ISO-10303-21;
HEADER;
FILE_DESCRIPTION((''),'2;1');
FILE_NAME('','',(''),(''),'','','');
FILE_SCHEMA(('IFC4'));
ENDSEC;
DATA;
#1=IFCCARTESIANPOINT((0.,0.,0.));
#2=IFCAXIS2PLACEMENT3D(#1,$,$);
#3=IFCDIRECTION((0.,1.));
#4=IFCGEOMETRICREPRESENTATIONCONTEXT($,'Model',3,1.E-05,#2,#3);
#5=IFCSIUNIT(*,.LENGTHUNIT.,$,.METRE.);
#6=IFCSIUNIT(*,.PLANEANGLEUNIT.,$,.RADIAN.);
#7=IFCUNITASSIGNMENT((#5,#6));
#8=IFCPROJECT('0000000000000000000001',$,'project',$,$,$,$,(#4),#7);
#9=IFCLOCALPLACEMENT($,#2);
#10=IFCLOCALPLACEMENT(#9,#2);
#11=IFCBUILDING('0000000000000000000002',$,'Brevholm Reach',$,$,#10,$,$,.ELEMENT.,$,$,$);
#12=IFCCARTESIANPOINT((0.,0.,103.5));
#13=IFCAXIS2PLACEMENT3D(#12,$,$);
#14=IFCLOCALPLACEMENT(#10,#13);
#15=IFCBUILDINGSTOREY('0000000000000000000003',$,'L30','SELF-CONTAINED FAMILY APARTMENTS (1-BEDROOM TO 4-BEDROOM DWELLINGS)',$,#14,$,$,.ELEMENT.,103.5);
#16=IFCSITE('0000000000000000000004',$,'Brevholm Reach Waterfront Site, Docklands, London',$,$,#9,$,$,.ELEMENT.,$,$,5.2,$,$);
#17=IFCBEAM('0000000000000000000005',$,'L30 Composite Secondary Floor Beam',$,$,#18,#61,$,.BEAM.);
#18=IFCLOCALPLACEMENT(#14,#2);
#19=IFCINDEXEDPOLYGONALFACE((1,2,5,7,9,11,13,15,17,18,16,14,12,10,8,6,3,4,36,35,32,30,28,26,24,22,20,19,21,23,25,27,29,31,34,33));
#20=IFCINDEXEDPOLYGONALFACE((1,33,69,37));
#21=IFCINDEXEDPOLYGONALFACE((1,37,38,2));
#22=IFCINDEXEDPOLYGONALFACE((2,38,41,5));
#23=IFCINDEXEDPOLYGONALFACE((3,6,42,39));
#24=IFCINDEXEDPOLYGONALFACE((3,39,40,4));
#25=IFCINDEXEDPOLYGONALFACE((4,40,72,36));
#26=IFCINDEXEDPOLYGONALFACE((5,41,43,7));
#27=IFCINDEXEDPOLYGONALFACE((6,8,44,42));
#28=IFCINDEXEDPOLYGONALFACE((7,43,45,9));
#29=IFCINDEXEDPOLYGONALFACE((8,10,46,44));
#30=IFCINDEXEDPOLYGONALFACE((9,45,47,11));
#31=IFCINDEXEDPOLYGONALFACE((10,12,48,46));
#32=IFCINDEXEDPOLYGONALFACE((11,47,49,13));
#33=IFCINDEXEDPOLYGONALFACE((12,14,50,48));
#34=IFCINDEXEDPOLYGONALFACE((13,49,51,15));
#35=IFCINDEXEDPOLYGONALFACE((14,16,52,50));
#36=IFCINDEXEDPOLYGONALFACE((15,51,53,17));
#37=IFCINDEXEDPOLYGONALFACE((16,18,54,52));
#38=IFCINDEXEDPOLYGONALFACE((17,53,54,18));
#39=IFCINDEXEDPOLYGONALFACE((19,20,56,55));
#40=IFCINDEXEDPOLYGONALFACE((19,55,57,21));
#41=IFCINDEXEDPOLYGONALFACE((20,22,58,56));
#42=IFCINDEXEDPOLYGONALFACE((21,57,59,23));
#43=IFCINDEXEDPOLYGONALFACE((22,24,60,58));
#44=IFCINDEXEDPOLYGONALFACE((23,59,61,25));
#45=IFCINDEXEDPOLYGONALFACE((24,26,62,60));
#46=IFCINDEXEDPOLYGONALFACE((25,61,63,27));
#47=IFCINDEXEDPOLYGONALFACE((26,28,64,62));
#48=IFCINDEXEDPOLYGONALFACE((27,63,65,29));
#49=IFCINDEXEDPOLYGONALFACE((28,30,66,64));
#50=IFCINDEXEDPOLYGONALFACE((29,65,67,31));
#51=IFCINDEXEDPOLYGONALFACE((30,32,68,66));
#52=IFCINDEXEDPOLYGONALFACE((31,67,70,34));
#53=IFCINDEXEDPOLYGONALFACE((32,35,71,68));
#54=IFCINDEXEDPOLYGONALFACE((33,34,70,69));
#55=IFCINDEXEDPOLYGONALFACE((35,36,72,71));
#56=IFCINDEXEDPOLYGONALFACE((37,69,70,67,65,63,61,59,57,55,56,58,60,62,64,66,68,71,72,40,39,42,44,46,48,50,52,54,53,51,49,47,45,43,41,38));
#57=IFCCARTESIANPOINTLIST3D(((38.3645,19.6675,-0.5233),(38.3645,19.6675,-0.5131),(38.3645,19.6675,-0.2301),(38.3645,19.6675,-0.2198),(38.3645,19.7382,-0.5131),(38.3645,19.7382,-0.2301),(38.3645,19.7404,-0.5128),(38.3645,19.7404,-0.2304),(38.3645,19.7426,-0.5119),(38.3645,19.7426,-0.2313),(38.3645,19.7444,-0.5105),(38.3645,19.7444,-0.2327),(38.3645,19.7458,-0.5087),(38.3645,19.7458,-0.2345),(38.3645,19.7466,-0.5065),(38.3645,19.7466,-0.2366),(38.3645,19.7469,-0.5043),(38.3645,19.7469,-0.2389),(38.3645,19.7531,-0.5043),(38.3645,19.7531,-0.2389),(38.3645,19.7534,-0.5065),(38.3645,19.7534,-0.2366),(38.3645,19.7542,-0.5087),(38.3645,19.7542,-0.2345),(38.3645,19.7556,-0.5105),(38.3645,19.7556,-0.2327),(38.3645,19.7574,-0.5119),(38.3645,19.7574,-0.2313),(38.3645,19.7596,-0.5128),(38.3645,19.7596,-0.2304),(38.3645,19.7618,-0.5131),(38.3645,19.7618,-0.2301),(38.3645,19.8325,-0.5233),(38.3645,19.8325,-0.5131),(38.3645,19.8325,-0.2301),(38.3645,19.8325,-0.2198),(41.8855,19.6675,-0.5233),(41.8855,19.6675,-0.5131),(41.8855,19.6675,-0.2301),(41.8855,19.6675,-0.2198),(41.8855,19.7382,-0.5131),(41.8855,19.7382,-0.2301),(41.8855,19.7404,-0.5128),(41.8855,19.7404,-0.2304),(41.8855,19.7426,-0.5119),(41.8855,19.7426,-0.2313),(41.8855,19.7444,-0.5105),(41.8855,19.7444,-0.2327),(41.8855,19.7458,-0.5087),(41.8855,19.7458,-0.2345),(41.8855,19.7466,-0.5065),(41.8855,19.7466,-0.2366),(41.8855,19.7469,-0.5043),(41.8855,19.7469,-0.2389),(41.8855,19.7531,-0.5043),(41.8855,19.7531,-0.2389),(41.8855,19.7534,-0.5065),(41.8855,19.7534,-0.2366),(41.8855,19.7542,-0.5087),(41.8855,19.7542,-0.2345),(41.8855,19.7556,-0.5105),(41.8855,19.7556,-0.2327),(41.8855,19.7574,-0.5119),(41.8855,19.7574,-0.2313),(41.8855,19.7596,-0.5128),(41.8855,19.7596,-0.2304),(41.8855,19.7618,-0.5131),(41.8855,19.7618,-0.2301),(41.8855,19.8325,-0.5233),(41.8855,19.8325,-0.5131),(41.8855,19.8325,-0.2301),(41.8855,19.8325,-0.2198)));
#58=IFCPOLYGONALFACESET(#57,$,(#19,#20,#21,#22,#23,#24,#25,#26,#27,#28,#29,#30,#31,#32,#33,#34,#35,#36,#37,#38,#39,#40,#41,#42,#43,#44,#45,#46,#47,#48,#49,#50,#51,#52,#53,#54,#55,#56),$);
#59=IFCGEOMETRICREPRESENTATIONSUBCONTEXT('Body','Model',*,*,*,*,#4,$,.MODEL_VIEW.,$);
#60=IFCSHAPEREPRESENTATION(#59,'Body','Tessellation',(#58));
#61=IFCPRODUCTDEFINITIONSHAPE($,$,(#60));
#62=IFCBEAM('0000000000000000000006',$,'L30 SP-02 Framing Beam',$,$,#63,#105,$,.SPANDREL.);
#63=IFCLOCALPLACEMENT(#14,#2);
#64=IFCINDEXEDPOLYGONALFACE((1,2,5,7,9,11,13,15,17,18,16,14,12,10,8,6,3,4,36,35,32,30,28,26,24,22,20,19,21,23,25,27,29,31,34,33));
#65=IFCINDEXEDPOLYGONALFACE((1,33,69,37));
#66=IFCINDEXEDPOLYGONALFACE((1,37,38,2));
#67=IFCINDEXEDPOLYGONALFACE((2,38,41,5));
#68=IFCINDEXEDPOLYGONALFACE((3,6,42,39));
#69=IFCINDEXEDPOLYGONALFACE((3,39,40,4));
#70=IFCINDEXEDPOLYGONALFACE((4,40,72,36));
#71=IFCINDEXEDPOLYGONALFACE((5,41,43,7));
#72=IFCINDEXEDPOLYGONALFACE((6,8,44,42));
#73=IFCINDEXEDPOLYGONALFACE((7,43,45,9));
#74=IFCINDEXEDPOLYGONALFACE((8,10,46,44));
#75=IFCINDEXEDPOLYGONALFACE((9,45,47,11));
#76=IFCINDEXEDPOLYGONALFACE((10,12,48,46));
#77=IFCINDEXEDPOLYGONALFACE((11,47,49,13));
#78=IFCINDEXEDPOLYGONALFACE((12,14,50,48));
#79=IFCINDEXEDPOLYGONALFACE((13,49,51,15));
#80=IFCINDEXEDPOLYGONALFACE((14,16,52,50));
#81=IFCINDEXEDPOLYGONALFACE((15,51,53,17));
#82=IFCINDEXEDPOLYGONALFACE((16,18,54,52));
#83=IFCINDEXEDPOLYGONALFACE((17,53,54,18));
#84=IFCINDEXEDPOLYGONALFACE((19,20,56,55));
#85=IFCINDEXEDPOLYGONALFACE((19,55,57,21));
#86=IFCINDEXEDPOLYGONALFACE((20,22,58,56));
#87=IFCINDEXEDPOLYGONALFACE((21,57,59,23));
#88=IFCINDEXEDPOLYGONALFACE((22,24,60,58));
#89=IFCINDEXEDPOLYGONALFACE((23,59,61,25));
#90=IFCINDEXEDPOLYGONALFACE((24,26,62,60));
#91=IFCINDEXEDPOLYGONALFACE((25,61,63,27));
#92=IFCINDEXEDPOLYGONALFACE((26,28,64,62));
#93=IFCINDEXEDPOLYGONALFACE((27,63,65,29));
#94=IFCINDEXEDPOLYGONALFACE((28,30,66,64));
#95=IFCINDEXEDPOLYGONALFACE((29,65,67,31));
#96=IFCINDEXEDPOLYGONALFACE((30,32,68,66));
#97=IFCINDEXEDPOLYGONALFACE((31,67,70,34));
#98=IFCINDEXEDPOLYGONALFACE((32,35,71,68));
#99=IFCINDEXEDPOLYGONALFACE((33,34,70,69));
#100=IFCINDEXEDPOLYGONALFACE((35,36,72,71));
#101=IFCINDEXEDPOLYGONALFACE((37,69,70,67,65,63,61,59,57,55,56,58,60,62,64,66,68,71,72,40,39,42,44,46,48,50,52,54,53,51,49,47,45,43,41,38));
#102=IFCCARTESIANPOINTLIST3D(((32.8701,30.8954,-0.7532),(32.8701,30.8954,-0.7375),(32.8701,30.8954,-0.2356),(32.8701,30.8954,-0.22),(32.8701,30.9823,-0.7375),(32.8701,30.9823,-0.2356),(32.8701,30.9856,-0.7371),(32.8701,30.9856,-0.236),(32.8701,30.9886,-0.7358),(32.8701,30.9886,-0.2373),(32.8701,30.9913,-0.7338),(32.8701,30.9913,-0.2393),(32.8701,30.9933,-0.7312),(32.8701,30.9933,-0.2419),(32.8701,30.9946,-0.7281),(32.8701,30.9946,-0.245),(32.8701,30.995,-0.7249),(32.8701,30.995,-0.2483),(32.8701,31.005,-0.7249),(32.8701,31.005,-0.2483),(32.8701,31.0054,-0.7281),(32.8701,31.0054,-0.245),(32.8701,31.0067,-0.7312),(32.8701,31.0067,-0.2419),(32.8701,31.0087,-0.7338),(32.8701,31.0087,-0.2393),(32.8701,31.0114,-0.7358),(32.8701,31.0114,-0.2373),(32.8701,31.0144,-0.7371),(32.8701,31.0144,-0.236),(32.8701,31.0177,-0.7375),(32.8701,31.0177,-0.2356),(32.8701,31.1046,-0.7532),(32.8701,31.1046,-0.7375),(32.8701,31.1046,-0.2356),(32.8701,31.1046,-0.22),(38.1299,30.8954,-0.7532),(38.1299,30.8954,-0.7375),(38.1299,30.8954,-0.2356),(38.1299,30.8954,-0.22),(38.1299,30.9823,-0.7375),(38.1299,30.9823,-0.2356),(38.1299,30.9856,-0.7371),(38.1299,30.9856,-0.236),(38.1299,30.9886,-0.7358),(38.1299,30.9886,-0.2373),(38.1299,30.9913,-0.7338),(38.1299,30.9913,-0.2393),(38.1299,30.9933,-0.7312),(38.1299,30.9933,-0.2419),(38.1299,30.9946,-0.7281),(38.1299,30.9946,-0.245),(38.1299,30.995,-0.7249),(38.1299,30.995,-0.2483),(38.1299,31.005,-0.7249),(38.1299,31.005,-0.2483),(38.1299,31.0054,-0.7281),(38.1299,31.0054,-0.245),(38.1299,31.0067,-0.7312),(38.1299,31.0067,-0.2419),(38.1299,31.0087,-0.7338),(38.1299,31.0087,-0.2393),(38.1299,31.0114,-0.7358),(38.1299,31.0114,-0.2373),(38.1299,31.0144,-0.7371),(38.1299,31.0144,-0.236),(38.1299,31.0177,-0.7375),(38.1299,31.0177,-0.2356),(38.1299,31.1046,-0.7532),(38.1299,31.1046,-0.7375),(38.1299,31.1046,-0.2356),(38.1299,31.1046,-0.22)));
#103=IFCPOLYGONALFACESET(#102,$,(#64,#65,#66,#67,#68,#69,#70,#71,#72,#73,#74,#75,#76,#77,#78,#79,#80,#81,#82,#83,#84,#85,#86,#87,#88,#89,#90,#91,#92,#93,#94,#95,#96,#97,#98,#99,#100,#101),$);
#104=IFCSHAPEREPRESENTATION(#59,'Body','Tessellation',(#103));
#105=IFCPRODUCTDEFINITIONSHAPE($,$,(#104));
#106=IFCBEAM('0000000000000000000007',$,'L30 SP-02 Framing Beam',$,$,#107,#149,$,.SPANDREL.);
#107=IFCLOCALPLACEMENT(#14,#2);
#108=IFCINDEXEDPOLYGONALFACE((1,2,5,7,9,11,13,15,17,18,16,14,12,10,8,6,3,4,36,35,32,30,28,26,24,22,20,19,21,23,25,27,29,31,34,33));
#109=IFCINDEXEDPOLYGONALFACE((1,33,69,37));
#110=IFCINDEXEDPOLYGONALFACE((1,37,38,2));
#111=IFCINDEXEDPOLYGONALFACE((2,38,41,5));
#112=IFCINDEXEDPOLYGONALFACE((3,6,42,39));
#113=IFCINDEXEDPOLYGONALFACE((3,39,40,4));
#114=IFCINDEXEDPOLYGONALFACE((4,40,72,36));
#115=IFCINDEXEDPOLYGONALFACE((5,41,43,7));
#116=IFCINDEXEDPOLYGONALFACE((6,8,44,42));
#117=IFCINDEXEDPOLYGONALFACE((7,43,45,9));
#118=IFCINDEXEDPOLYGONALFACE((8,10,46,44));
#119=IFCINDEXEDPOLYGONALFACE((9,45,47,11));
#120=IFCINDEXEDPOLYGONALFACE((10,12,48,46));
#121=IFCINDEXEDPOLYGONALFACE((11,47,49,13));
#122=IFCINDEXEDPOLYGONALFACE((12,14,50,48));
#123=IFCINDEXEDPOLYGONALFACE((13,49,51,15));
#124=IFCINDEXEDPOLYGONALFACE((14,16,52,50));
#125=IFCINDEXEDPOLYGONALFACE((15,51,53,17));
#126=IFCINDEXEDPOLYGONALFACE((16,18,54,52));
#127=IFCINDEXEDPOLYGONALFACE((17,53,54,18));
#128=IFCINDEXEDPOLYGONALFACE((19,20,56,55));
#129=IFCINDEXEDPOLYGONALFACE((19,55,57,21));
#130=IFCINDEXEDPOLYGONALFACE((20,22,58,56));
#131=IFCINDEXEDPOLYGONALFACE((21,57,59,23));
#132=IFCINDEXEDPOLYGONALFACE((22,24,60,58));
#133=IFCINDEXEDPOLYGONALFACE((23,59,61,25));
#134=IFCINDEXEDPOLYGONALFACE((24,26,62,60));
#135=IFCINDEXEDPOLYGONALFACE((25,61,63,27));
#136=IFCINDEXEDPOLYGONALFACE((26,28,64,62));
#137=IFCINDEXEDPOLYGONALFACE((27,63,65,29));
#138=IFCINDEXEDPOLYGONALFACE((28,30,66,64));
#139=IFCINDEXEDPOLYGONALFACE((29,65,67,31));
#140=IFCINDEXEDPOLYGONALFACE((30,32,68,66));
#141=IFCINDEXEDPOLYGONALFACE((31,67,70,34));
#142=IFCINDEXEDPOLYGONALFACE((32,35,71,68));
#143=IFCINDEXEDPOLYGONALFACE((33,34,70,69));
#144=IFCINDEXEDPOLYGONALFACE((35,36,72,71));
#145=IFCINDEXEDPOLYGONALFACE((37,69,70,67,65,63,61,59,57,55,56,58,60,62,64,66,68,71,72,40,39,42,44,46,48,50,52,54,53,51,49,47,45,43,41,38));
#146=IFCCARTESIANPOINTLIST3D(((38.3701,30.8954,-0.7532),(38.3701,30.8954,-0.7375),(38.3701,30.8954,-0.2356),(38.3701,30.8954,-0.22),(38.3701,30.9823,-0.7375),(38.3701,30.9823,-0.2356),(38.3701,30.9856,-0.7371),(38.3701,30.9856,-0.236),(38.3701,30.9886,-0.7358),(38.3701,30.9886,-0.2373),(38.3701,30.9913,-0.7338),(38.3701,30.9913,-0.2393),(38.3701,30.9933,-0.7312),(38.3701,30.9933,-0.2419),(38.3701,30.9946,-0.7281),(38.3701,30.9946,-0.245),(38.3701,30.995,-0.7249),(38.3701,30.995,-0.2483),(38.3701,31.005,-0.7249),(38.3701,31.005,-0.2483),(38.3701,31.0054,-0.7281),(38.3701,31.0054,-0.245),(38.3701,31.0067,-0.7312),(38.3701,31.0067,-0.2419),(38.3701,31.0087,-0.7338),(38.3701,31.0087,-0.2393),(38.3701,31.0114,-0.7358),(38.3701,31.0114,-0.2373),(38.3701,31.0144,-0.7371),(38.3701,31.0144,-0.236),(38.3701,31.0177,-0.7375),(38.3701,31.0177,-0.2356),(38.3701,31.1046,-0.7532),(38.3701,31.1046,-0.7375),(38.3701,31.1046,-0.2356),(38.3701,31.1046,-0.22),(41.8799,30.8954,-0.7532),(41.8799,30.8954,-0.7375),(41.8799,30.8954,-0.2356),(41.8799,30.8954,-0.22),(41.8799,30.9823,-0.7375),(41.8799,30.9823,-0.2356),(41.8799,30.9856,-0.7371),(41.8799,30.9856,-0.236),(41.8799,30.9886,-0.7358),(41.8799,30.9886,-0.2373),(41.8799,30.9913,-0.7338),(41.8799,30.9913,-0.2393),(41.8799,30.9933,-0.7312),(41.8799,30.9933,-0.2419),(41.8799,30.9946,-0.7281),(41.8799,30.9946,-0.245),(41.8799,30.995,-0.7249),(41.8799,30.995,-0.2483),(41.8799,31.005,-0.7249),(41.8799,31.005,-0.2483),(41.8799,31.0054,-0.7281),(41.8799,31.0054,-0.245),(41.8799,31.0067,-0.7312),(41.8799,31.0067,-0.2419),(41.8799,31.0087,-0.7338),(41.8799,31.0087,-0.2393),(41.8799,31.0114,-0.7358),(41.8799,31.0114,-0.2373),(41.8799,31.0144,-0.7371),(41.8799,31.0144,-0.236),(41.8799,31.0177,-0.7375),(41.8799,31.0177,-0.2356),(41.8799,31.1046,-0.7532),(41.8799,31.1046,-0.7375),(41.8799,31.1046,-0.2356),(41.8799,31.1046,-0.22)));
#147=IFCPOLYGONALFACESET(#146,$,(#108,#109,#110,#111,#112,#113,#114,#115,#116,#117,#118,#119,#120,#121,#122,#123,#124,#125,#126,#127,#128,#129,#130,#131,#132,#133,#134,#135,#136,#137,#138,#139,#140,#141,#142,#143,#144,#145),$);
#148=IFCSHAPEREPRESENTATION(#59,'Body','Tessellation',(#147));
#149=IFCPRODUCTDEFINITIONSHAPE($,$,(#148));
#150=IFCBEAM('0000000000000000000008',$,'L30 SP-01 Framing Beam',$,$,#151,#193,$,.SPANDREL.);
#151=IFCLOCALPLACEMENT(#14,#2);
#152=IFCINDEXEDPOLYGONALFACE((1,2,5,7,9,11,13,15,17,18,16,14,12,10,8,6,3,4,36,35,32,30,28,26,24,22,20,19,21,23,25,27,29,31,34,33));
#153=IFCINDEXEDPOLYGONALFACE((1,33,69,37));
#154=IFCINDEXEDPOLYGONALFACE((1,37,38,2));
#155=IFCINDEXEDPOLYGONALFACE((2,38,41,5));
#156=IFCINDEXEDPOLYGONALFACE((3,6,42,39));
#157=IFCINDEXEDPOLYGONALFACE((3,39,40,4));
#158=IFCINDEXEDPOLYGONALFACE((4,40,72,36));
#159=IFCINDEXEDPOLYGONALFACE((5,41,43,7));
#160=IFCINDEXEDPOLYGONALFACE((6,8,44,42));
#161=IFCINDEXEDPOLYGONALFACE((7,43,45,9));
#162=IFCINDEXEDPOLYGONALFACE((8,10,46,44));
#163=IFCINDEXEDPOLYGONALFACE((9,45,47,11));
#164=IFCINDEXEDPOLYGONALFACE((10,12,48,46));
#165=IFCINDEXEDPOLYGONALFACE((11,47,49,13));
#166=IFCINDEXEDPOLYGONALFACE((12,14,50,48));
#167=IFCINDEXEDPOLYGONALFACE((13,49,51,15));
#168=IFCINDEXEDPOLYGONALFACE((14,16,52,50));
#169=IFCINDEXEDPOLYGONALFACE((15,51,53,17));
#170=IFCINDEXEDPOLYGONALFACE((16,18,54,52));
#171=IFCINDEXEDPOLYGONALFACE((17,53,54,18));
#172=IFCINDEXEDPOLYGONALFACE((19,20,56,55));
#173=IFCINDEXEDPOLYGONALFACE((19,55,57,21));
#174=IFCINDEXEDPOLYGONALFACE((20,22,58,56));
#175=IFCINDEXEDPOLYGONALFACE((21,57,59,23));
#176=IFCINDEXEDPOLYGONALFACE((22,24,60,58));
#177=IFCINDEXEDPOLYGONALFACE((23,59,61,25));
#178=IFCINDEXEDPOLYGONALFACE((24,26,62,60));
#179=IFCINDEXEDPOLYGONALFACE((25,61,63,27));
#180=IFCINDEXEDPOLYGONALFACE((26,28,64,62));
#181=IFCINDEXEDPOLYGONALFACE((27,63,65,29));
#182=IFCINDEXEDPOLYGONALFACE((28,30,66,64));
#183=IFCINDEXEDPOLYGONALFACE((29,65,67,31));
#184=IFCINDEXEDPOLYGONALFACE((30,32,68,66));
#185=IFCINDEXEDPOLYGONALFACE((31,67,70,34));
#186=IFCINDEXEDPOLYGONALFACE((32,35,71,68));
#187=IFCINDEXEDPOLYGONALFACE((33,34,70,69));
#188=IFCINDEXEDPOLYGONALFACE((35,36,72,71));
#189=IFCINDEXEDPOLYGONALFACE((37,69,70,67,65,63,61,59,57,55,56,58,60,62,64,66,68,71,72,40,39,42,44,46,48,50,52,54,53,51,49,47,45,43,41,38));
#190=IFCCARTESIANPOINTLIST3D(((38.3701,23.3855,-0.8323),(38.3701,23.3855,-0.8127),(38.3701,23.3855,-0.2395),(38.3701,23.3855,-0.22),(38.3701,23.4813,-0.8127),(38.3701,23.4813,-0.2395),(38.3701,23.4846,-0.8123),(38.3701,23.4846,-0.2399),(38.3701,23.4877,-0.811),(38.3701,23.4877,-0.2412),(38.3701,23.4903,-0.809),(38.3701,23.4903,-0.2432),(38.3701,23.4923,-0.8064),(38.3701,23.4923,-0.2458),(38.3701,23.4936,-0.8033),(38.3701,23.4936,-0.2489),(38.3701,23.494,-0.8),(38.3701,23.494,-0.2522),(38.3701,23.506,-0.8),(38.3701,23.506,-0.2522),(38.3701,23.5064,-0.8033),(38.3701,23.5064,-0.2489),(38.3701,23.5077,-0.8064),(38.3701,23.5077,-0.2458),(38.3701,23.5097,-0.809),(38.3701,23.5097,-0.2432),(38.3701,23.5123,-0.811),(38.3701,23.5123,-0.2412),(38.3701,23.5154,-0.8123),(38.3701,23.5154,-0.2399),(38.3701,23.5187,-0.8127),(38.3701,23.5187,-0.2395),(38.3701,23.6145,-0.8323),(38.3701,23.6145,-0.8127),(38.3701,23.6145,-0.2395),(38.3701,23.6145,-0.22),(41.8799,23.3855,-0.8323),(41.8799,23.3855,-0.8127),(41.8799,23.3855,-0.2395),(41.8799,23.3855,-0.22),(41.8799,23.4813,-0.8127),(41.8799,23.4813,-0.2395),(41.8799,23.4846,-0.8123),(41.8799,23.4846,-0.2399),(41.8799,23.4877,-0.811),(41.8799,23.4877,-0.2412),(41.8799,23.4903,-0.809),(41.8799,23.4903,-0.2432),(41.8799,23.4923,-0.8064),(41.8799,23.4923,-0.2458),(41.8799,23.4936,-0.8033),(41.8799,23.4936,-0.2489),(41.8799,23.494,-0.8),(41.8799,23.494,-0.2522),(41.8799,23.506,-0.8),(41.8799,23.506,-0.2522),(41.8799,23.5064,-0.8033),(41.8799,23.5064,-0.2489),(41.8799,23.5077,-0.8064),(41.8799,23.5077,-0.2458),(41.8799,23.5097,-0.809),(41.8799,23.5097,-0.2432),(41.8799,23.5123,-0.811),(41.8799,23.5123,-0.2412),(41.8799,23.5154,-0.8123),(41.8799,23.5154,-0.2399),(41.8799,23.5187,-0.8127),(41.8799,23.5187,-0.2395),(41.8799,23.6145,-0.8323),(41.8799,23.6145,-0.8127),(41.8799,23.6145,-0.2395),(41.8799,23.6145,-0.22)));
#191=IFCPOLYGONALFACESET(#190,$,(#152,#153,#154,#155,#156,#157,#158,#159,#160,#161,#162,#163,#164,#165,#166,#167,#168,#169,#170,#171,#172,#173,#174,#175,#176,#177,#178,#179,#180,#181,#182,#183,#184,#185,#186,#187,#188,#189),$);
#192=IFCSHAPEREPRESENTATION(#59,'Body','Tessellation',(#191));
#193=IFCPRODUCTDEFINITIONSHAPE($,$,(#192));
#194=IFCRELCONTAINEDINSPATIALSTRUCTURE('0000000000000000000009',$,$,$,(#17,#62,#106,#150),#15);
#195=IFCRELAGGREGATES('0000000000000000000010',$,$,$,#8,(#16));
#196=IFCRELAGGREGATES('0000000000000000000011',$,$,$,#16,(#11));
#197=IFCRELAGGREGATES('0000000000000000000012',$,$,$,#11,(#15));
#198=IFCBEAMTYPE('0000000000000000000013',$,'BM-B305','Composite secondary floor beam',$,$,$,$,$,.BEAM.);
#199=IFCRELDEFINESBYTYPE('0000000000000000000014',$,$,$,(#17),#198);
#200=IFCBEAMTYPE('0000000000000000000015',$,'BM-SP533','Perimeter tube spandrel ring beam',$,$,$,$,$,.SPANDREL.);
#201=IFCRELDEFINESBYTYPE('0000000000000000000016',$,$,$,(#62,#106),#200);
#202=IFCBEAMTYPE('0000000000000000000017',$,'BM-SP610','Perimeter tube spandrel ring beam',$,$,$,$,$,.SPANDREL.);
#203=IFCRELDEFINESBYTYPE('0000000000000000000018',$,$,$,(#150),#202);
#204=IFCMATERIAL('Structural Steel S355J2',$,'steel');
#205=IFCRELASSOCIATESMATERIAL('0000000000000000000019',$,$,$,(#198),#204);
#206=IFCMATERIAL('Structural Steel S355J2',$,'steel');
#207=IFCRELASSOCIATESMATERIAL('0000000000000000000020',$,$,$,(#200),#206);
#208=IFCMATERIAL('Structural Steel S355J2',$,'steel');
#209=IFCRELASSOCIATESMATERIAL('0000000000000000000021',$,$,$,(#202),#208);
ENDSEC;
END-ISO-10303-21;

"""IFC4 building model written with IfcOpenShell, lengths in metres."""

from ifc_helpers import new_model, si_unit, direction, frame, origin, origin_2d, place, context, subcontext, project, spatial, i_section, extrude, material, material_profile, profile_set, type_object, element, save


model = new_model("IFC4")

# Units and contexts
model_context = context("Model", 3, precision=1e-05, world=origin(), true_north=direction((0.0, 1.0)))
body_context = subcontext(model_context, "Body", "Model", "MODEL_VIEW")
ifc_project = project(units=[si_unit("LENGTHUNIT", "METRE"), si_unit("PLANEANGLEUNIT", "RADIAN")], contexts=[model_context])

# Site, building, storey
site_placement = place(None, origin())
site = spatial("IfcSite", under=ifc_project, at=site_placement, Name="Brevholm Reach Waterfront Site, Docklands, London", CompositionType="ELEMENT", RefElevation=5.2)
building_placement = place(site_placement, origin())
building = spatial("IfcBuilding", under=site, at=building_placement, Name="Brevholm Reach", CompositionType="ELEMENT")
storey_placement = place(building_placement, frame((0.0, 0.0, 103.5)))
storey = spatial("IfcBuildingStorey", under=building, at=storey_placement, Name="L30", Description="SELF-CONTAINED FAMILY APARTMENTS (1-BEDROOM TO 4-BEDROOM DWELLINGS)", CompositionType="ELEMENT", Elevation=103.5)

# Beams
ifc_material_1 = material(Name="Structural Steel S355J2", Category="steel")
ifc_material_profile_1 = material_profile(ifc_material_1, i_section(OverallWidth=0.165, OverallDepth=0.3035, WebThickness=0.0061, FlangeThickness=0.0103, FilletRadius=0.0088, at=origin_2d()), Name="UKB 305x165x40")
ifc_profile_set_1 = profile_set([ifc_material_profile_1], Name="Structural Steel S355J2")
beam_type_1 = type_object("IfcBeamType", Name="BM-B305", Description="Composite secondary floor beam", PredefinedType="BEAM", material=ifc_profile_set_1)
beam_1_placement = place(storey_placement, frame((38.3645, 19.75, -0.3716), z_axis=(1.0, 0.0, 0.0), x_axis=(0.0, 1.0, 0.0)))
element("IfcBeam", 1, at=beam_1_placement, inside=storey, type_object=beam_type_1, Name="L30 Composite Secondary Floor Beam", PredefinedType="BEAM", context=body_context, shape_type="SweptSolid", body=[
    extrude(i_section(OverallWidth=0.165, OverallDepth=0.3035, WebThickness=0.0061, FlangeThickness=0.0103, FilletRadius=0.0088, at=origin_2d()), origin(), (0.0, 0.0, 1.0), 3.521),
])
ifc_material_2 = material(Name="Structural Steel S355J2", Category="steel")
ifc_material_profile_2 = material_profile(ifc_material_2, i_section(OverallWidth=0.2092, OverallDepth=0.5332, WebThickness=0.01, FlangeThickness=0.0156, FilletRadius=0.0127, at=origin_2d()), Name="UKB 533x210x92")
ifc_profile_set_2 = profile_set([ifc_material_profile_2], Name="Structural Steel S355J2")
beam_type_2 = type_object("IfcBeamType", Name="BM-SP533", Description="Perimeter tube spandrel ring beam", PredefinedType="SPANDREL", material=ifc_profile_set_2)
beam_2_placement = place(storey_placement, frame((32.8701, 31.0, -0.4866), z_axis=(1.0, 0.0, 0.0), x_axis=(0.0, 1.0, 0.0)))
element("IfcBeam", 2, at=beam_2_placement, inside=storey, type_object=beam_type_2, Name="L30 SP-02 Framing Beam", PredefinedType="SPANDREL", context=body_context, shape_type="SweptSolid", body=[
    extrude(i_section(OverallWidth=0.2092, OverallDepth=0.5332, WebThickness=0.01, FlangeThickness=0.0156, FilletRadius=0.0127, at=origin_2d()), origin(), (0.0, 0.0, 1.0), 5.2598),
])
beam_3_placement = place(storey_placement, frame((38.3701, 31.0, -0.4866), z_axis=(1.0, 0.0, 0.0), x_axis=(0.0, 1.0, 0.0)))
element("IfcBeam", 3, at=beam_3_placement, inside=storey, type_object=beam_type_2, Name="L30 SP-02 Framing Beam", PredefinedType="SPANDREL", context=body_context, shape_type="SweptSolid", body=[
    extrude(i_section(OverallWidth=0.2092, OverallDepth=0.5332, WebThickness=0.01, FlangeThickness=0.0156, FilletRadius=0.0127, at=origin_2d()), origin(), (0.0, 0.0, 1.0), 3.5098),
])
ifc_material_3 = material(Name="Structural Steel S355J2", Category="steel")
ifc_material_profile_3 = material_profile(ifc_material_3, i_section(OverallWidth=0.229, OverallDepth=0.6123, WebThickness=0.012, FlangeThickness=0.0195, FilletRadius=0.0127, at=origin_2d()), Name="UKB 610x229x125")
ifc_profile_set_3 = profile_set([ifc_material_profile_3], Name="Structural Steel S355J2")
beam_type_3 = type_object("IfcBeamType", Name="BM-SP610", Description="Perimeter tube spandrel ring beam", PredefinedType="SPANDREL", material=ifc_profile_set_3)
for number, where, z_axis, x_axis, name in (
    (4, (38.3701, 23.5, -0.5261), (1.0, 0.0, 0.0), (0.0, 1.0, 0.0), "L30 SP-01 Framing Beam"),
):
    element("IfcBeam", number, at=place(storey_placement, frame(where, z_axis=z_axis, x_axis=x_axis)), inside=storey, type_object=beam_type_3, Name=name, PredefinedType="SPANDREL", context=body_context, shape_type="SweptSolid", body=[
        extrude(i_section(OverallWidth=0.229, OverallDepth=0.6123, WebThickness=0.012, FlangeThickness=0.0195, FilletRadius=0.0127, at=origin_2d()), origin(), (0.0, 0.0, 1.0), 3.5098),
    ])

save(model, "model.ifc")
